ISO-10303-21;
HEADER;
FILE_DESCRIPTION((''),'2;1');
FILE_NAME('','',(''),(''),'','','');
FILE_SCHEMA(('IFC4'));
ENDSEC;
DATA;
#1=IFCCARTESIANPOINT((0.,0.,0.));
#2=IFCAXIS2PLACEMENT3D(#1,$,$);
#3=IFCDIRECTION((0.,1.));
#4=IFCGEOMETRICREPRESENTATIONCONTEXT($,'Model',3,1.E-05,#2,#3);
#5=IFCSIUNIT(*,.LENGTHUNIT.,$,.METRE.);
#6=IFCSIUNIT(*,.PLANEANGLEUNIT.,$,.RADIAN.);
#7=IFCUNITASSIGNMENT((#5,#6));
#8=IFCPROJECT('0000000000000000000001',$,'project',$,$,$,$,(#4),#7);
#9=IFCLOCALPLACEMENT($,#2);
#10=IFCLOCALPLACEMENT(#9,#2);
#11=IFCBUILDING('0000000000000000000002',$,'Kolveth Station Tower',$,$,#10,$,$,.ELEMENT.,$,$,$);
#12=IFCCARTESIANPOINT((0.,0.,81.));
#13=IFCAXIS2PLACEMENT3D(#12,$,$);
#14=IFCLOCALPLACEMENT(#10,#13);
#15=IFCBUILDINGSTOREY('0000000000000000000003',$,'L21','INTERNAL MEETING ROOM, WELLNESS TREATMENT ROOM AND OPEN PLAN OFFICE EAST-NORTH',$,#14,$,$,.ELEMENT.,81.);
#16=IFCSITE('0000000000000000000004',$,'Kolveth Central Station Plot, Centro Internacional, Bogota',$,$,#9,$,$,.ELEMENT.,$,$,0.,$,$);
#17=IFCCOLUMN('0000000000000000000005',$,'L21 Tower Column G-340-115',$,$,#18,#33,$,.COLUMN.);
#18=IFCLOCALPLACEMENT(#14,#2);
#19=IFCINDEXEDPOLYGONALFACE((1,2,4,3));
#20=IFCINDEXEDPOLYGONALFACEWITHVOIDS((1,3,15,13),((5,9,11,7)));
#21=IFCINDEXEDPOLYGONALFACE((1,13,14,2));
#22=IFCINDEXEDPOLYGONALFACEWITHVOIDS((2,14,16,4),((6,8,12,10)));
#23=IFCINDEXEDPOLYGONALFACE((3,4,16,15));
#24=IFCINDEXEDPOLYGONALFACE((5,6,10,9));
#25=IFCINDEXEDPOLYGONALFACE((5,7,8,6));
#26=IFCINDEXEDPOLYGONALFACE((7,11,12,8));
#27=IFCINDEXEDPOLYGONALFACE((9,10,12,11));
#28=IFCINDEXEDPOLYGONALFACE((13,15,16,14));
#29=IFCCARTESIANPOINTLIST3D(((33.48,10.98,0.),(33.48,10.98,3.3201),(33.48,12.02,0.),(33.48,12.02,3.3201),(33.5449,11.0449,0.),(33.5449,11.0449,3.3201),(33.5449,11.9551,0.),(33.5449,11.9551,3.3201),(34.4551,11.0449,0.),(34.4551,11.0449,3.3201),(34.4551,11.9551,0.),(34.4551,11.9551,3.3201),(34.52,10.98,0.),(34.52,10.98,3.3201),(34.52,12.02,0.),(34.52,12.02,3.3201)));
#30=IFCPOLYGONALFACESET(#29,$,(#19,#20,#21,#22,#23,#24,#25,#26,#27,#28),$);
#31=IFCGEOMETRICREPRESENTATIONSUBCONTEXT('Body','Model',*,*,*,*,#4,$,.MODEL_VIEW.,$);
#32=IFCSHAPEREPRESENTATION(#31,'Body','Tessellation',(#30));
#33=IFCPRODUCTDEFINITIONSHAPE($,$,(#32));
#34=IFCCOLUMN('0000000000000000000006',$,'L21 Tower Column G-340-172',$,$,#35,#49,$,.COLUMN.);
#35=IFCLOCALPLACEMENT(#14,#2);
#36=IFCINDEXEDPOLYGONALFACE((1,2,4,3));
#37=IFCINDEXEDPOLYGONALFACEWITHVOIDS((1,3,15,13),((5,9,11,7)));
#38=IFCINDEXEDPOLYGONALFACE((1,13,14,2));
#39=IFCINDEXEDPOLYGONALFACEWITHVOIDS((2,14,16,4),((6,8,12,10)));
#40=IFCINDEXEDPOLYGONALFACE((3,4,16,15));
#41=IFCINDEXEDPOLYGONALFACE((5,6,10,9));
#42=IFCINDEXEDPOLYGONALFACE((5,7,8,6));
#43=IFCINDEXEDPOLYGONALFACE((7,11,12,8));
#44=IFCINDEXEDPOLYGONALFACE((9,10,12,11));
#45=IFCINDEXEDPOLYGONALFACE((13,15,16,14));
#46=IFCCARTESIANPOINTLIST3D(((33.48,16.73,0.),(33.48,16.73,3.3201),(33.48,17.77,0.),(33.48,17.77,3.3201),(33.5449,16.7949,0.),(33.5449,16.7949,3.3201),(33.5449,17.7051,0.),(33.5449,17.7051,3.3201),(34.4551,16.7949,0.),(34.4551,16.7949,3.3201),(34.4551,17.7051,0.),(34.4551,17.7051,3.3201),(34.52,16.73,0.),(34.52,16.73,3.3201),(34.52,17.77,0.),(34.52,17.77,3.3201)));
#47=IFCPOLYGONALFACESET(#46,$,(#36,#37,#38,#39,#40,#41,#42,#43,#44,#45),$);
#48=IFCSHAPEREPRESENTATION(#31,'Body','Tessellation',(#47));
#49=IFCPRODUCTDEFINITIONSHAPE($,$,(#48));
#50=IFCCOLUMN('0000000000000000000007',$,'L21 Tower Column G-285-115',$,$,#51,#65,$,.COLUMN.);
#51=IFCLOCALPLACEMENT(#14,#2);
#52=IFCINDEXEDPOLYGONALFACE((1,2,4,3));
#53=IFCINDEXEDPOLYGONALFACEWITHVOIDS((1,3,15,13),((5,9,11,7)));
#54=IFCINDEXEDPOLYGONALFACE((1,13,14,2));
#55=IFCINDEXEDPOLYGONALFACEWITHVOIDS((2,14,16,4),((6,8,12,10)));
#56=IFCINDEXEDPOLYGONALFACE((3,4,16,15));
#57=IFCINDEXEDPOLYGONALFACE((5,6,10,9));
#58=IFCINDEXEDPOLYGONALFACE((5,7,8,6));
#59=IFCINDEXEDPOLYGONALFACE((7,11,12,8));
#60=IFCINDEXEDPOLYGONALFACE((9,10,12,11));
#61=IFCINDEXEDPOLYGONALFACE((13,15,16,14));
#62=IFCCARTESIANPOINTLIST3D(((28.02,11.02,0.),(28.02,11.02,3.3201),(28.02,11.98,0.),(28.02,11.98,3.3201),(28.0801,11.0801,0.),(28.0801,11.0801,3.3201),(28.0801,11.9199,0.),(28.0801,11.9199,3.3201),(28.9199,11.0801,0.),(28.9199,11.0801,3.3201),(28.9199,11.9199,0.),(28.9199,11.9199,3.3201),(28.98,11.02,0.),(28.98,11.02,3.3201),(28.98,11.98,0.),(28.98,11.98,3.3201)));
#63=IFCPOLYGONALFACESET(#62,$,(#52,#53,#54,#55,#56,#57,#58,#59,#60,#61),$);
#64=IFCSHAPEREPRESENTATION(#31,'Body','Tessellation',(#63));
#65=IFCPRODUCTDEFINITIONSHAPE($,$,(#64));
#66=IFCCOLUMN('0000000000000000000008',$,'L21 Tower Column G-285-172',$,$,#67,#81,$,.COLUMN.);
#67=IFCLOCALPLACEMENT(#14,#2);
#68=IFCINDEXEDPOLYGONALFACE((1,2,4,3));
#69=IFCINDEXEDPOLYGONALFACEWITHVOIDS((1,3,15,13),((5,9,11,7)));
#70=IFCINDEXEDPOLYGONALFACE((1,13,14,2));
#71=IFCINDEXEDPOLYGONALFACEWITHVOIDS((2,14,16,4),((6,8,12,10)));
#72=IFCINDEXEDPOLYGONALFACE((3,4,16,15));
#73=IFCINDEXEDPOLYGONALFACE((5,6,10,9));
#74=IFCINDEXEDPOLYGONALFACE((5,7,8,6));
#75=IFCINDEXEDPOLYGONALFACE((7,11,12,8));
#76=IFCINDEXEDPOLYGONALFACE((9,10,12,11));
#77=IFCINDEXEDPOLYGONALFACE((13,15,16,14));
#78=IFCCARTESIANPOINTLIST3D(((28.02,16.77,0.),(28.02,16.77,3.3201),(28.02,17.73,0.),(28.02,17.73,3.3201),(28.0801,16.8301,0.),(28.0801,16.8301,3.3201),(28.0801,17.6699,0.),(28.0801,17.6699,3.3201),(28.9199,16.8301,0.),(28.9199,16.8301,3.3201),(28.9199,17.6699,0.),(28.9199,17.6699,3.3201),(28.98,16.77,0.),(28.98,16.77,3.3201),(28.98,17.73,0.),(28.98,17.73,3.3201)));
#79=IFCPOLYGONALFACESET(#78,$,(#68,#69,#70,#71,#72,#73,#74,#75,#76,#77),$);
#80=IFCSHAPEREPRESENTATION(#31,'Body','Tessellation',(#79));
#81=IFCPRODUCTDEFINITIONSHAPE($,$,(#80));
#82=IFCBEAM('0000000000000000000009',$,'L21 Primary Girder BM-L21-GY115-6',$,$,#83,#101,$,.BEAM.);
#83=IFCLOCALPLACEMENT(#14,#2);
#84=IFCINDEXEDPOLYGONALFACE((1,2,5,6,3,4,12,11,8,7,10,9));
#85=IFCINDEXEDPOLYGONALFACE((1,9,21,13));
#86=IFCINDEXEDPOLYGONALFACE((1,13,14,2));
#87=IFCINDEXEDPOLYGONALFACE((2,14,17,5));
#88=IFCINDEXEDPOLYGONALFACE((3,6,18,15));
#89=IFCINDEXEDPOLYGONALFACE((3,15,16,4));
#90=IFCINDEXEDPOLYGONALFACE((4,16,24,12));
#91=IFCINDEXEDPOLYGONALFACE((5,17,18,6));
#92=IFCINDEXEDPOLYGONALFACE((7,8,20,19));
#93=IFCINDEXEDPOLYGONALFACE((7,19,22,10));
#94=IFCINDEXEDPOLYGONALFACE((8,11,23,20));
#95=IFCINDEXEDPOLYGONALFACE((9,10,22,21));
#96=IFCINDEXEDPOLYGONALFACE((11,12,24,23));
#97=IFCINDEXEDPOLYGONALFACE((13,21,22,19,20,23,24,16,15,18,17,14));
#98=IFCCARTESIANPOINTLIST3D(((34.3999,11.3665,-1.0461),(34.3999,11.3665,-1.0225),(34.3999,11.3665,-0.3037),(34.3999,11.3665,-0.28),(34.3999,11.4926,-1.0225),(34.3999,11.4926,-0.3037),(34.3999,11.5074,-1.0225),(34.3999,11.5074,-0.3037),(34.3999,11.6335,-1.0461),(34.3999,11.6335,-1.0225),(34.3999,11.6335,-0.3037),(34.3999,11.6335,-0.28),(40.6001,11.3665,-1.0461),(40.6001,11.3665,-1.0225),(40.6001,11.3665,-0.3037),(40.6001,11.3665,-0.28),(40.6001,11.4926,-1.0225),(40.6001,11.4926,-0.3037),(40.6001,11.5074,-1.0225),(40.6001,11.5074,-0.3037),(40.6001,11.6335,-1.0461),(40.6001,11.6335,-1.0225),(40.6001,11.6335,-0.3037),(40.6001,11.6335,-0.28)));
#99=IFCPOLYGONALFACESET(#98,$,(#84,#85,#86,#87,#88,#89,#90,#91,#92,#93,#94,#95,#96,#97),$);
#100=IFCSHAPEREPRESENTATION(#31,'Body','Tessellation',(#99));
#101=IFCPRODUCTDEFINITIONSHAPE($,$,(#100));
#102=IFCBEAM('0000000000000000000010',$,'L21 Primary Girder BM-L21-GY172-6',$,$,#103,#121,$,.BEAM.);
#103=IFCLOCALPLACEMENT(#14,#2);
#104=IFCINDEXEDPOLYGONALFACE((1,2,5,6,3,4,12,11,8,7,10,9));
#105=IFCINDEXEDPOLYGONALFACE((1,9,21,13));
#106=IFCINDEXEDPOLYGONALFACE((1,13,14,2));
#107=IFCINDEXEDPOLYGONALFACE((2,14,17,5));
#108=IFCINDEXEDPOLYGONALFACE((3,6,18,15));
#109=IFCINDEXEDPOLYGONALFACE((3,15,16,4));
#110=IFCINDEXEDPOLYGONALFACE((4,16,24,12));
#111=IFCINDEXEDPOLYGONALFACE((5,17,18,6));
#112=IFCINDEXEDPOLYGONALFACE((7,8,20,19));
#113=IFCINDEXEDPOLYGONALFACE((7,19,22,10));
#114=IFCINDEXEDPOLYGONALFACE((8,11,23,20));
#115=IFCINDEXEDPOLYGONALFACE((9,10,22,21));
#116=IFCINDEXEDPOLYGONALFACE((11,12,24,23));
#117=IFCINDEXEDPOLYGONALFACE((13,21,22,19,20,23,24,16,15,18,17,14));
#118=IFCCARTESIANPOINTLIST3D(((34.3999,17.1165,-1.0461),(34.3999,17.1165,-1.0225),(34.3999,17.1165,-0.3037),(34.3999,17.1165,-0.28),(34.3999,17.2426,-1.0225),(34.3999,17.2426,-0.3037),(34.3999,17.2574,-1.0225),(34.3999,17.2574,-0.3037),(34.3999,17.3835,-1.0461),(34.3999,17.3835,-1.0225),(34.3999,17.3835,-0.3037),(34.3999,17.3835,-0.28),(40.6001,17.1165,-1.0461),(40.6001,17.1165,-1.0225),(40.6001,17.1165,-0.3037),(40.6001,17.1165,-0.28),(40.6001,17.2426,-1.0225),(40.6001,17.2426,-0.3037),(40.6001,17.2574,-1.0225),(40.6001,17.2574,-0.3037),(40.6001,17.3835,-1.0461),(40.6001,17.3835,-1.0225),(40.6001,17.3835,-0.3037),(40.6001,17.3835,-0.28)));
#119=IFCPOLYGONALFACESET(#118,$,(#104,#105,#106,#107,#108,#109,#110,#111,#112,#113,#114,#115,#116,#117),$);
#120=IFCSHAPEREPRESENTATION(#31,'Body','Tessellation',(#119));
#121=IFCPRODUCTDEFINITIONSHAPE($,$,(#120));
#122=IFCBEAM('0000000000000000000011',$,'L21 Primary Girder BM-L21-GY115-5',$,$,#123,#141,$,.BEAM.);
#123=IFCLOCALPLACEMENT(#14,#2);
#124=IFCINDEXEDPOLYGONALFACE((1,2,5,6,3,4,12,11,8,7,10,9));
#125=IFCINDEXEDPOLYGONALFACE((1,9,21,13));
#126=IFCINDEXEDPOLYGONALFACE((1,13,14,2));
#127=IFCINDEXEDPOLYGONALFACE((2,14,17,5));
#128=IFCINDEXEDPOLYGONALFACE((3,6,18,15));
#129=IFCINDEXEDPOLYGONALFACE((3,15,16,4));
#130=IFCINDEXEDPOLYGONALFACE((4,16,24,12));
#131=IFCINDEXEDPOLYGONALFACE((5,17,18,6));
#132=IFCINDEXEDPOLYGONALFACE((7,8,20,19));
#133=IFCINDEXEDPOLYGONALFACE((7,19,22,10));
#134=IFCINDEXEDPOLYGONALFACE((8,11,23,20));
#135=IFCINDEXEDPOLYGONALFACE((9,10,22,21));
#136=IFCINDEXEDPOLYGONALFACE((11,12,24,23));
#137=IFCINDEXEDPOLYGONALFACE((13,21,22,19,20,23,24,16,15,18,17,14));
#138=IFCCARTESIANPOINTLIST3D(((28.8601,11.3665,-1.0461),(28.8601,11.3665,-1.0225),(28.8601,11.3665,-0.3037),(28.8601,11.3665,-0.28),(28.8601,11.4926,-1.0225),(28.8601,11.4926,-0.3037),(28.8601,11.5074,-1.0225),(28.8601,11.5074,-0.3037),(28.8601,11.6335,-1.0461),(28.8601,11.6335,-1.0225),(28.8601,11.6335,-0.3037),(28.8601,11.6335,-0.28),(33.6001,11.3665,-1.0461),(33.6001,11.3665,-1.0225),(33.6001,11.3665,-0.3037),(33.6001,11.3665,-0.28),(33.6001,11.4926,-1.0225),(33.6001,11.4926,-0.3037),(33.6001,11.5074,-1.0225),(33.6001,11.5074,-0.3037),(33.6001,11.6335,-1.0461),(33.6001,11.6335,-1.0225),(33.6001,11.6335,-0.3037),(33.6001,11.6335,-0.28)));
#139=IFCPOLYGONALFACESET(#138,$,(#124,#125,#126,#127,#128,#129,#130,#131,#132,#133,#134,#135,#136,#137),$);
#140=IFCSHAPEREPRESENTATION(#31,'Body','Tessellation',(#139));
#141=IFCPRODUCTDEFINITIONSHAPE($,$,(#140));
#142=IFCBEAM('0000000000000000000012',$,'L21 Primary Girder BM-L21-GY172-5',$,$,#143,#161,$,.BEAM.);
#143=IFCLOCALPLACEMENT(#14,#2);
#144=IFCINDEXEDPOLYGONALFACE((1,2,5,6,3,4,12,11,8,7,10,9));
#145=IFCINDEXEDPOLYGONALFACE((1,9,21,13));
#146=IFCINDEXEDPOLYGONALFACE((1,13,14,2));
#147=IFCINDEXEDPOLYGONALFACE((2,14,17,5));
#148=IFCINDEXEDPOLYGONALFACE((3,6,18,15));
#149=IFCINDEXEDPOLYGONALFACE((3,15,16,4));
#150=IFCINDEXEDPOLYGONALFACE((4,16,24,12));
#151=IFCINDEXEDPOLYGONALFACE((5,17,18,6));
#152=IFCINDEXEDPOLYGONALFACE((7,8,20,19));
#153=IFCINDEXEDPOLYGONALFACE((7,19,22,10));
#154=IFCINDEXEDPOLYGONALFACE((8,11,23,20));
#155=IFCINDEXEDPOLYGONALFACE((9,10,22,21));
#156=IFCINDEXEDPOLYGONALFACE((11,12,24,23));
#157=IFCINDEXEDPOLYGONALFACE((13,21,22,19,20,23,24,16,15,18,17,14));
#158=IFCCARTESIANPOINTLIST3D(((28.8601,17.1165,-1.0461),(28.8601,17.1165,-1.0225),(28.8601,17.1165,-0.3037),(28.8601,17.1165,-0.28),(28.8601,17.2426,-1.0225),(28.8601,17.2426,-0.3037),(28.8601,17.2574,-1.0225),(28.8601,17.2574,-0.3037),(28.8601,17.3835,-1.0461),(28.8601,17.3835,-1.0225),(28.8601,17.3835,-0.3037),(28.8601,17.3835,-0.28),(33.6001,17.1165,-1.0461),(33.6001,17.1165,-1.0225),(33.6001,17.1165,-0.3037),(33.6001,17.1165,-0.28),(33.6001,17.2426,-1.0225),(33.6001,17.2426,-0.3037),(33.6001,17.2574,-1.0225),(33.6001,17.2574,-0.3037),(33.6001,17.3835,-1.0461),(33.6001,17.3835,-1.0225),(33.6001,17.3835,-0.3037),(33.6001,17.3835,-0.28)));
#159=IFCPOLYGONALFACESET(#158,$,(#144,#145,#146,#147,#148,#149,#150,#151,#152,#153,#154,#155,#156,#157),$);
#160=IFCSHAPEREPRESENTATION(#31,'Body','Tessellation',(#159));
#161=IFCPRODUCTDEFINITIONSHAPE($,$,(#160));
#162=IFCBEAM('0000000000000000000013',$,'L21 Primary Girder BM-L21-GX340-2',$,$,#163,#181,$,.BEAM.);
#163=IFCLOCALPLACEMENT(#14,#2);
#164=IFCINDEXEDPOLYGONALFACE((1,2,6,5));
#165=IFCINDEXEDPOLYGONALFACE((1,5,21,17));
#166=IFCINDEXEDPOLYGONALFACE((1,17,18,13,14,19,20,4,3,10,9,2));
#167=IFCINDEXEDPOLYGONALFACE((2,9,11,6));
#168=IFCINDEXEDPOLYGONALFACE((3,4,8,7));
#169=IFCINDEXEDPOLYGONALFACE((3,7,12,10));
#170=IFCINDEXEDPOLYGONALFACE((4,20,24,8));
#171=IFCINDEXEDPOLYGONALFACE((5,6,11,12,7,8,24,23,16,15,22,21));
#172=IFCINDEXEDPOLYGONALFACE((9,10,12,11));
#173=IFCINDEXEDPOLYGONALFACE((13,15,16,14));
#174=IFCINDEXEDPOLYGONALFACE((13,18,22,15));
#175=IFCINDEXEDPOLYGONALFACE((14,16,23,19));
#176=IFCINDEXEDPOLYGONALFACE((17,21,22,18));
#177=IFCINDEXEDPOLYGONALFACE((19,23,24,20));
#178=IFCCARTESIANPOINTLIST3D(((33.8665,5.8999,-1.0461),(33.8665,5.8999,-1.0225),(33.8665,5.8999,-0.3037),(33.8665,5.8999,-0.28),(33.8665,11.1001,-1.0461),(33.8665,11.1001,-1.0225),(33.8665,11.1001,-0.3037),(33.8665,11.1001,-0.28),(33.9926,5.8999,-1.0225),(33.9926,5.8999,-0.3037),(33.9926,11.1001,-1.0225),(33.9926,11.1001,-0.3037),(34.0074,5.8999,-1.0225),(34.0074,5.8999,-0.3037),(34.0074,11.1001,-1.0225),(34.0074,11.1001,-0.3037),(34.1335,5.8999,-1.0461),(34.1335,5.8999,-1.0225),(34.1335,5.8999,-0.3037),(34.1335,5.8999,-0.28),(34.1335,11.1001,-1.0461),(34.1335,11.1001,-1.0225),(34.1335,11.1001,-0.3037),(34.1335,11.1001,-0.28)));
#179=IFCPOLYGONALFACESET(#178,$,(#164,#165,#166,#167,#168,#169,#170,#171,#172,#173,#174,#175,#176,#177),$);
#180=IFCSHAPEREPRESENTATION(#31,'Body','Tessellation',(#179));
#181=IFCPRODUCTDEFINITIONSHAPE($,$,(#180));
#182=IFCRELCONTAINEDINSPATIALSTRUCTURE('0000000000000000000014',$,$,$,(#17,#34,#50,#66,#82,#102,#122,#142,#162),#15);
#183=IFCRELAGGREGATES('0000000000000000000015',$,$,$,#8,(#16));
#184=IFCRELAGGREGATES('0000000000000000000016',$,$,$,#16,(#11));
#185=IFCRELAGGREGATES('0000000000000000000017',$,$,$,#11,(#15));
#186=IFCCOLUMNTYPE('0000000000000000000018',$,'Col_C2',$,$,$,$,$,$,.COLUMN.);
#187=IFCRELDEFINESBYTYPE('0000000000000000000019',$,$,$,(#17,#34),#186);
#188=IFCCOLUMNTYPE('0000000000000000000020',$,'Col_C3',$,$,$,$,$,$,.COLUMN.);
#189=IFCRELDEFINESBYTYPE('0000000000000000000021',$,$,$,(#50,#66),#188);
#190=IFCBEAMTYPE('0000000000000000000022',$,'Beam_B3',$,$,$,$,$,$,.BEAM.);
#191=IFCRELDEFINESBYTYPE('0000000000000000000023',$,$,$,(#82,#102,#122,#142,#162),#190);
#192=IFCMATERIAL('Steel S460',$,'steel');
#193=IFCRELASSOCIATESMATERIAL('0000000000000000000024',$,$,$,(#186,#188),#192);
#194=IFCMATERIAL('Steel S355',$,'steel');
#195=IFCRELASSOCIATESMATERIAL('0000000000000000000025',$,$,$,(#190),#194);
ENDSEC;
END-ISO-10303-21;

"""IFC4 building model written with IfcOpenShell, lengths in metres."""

from ifc_helpers import new_model, si_unit, direction, frame, origin, origin_2d, place, context, subcontext, project, spatial, hollow_rectangle, i_section, extrude, source, transform, mapped, material, material_profile, profile_set, type_object, element, save


model = new_model("IFC4")

# Units and contexts
model_context = context("Model", 3, precision=1e-05, world=origin(), true_north=direction((0.0, 1.0)))
body_context = subcontext(model_context, "Body", "Model", "MODEL_VIEW")
ifc_project = project(units=[si_unit("LENGTHUNIT", "METRE"), si_unit("PLANEANGLEUNIT", "RADIAN")], contexts=[model_context])

# Site, building, storey
site_placement = place(None, origin())
site = spatial("IfcSite", under=ifc_project, at=site_placement, Name="Kolveth Central Station Plot, Centro Internacional, Bogota", CompositionType="ELEMENT", RefElevation=0.0)
building_placement = place(site_placement, origin())
building = spatial("IfcBuilding", under=site, at=building_placement, Name="Kolveth Station Tower", CompositionType="ELEMENT")
storey_placement = place(building_placement, frame((0.0, 0.0, 81.0)))
storey = spatial("IfcBuildingStorey", under=building, at=storey_placement, Name="L21", Description="INTERNAL MEETING ROOM, WELLNESS TREATMENT ROOM AND OPEN PLAN OFFICE EAST-NORTH", CompositionType="ELEMENT", Elevation=81.0)

# Columns
ifc_material_1 = material(Name="Steel S460", Category="steel")
ifc_material_profile_1 = material_profile(ifc_material_1, hollow_rectangle(XDim=1.04, YDim=1.04, WallThickness=0.0649, at=origin_2d()), Name="BOX1040x1040x65")
ifc_profile_set_1 = profile_set([ifc_material_profile_1], Name="Steel S460")
column_type_1 = type_object("IfcColumnType", Name="Col_C2", PredefinedType="COLUMN", material=ifc_profile_set_1)
shared_shape_1 = source(origin(), body_context, "Body", "SweptSolid", [
    extrude(hollow_rectangle(XDim=1.04, YDim=1.04, WallThickness=0.0649, at=origin_2d()), origin(), (0.0, 0.0, 1.0), 3.3201),
])
for number, where, z_axis, x_axis, name in (
    (1, (34.0, 11.5, 0.0), (0.0, 0.0, 1.0), (1.0, 0.0, 0.0), "L21 Tower Column G-340-115"),
    (2, (34.0, 17.25, 0.0), (0.0, 0.0, 1.0), (1.0, 0.0, 0.0), "L21 Tower Column G-340-172"),
):
    element("IfcColumn", number, at=place(storey_placement, frame(where, z_axis=z_axis, x_axis=x_axis)), inside=storey, type_object=column_type_1, Name=name, PredefinedType="COLUMN", context=body_context, shape_type="MappedRepresentation", body=[
        mapped(shared_shape_1, transform((0.0, 0.0, 0.0), x_axis=(1.0, 0.0, 0.0), y_axis=(0.0, 1.0, 0.0), z_axis=(0.0, 0.0, 1.0), scale=1.0)),
    ])
ifc_material_profile_2 = material_profile(ifc_material_1, hollow_rectangle(XDim=0.96, YDim=0.96, WallThickness=0.0601, at=origin_2d()), Name="BOX960x960x60")
ifc_profile_set_2 = profile_set([ifc_material_profile_2], Name="Steel S460")
column_type_2 = type_object("IfcColumnType", Name="Col_C3", PredefinedType="COLUMN", material=ifc_profile_set_2)
shared_shape_2 = source(origin(), body_context, "Body", "SweptSolid", [
    extrude(hollow_rectangle(XDim=0.96, YDim=0.96, WallThickness=0.0601, at=origin_2d()), origin(), (0.0, 0.0, 1.0), 3.3201),
])
for number, where, z_axis, x_axis, name in (
    (3, (28.5, 11.5, 0.0), (0.0, 0.0, 1.0), (1.0, 0.0, 0.0), "L21 Tower Column G-285-115"),
    (4, (28.5, 17.25, 0.0), (0.0, 0.0, 1.0), (1.0, 0.0, 0.0), "L21 Tower Column G-285-172"),
):
    element("IfcColumn", number, at=place(storey_placement, frame(where, z_axis=z_axis, x_axis=x_axis)), inside=storey, type_object=column_type_2, Name=name, PredefinedType="COLUMN", context=body_context, shape_type="MappedRepresentation", body=[
        mapped(shared_shape_2, transform((0.0, 0.0, 0.0), x_axis=(1.0, 0.0, 0.0), y_axis=(0.0, 1.0, 0.0), z_axis=(0.0, 0.0, 1.0), scale=1.0)),
    ])

# Beams
ifc_material_2 = material(Name="Steel S355", Category="steel")
ifc_material_profile_3 = material_profile(ifc_material_2, i_section(OverallWidth=0.2671, OverallDepth=0.7661, WebThickness=0.0149, FlangeThickness=0.0237, at=origin_2d()), Name="W760x185")
ifc_profile_set_3 = profile_set([ifc_material_profile_3], Name="Steel S355")
beam_type_1 = type_object("IfcBeamType", Name="Beam_B3", PredefinedType="BEAM", material=ifc_profile_set_3)
shared_shape_3 = source(origin(), body_context, "Body", "SweptSolid", [
    extrude(i_section(OverallWidth=0.2671, OverallDepth=0.7661, WebThickness=0.0149, FlangeThickness=0.0237, at=origin_2d()), origin(), (0.0, 0.0, 1.0), 6.2002),
])
for number, where, z_axis, x_axis, name in (
    (5, (34.3999, 11.5, -0.6631), (1.0, 0.0, 0.0), (0.0, 1.0, 0.0), "L21 Primary Girder BM-L21-GY115-6"),
    (6, (34.3999, 17.25, -0.6631), (1.0, 0.0, 0.0), (0.0, 1.0, 0.0), "L21 Primary Girder BM-L21-GY172-6"),
):
    element("IfcBeam", number, at=place(storey_placement, frame(where, z_axis=z_axis, x_axis=x_axis)), inside=storey, type_object=beam_type_1, Name=name, PredefinedType="BEAM", context=body_context, shape_type="MappedRepresentation", body=[
        mapped(shared_shape_3, transform((0.0, 0.0, 0.0), x_axis=(1.0, 0.0, 0.0), y_axis=(0.0, 1.0, 0.0), z_axis=(0.0, 0.0, 1.0), scale=1.0)),
    ])
shared_shape_4 = source(origin(), body_context, "Body", "SweptSolid", [
    extrude(i_section(OverallWidth=0.2671, OverallDepth=0.7661, WebThickness=0.0149, FlangeThickness=0.0237, at=origin_2d()), origin(), (0.0, 0.0, 1.0), 4.74),
])
for number, where, z_axis, x_axis, name in (
    (7, (28.8601, 11.5, -0.6631), (1.0, 0.0, 0.0), (0.0, 1.0, 0.0), "L21 Primary Girder BM-L21-GY115-5"),
    (8, (28.8601, 17.25, -0.6631), (1.0, 0.0, 0.0), (0.0, 1.0, 0.0), "L21 Primary Girder BM-L21-GY172-5"),
):
    element("IfcBeam", number, at=place(storey_placement, frame(where, z_axis=z_axis, x_axis=x_axis)), inside=storey, type_object=beam_type_1, Name=name, PredefinedType="BEAM", context=body_context, shape_type="MappedRepresentation", body=[
        mapped(shared_shape_4, transform((0.0, 0.0, 0.0), x_axis=(1.0, 0.0, 0.0), y_axis=(0.0, 1.0, 0.0), z_axis=(0.0, 0.0, 1.0), scale=1.0)),
    ])
shared_shape_5 = source(origin(), body_context, "Body", "SweptSolid", [
    extrude(i_section(OverallWidth=0.2671, OverallDepth=0.7661, WebThickness=0.0149, FlangeThickness=0.0237, at=origin_2d()), origin(), (0.0, 0.0, 1.0), 5.2002),
])
beam_1_placement = place(storey_placement, frame((34.0, 5.8999, -0.6631), z_axis=(0.0, 1.0, 0.0), x_axis=(-1.0, 0.0, 0.0)))
element("IfcBeam", 9, at=beam_1_placement, inside=storey, type_object=beam_type_1, Name="L21 Primary Girder BM-L21-GX340-2", PredefinedType="BEAM", context=body_context, shape_type="MappedRepresentation", body=[
    mapped(shared_shape_5, transform((0.0, 0.0, 0.0), x_axis=(1.0, 0.0, 0.0), y_axis=(0.0, 1.0, 0.0), z_axis=(0.0, 0.0, 1.0), scale=1.0)),
])

save(model, "model.ifc")
